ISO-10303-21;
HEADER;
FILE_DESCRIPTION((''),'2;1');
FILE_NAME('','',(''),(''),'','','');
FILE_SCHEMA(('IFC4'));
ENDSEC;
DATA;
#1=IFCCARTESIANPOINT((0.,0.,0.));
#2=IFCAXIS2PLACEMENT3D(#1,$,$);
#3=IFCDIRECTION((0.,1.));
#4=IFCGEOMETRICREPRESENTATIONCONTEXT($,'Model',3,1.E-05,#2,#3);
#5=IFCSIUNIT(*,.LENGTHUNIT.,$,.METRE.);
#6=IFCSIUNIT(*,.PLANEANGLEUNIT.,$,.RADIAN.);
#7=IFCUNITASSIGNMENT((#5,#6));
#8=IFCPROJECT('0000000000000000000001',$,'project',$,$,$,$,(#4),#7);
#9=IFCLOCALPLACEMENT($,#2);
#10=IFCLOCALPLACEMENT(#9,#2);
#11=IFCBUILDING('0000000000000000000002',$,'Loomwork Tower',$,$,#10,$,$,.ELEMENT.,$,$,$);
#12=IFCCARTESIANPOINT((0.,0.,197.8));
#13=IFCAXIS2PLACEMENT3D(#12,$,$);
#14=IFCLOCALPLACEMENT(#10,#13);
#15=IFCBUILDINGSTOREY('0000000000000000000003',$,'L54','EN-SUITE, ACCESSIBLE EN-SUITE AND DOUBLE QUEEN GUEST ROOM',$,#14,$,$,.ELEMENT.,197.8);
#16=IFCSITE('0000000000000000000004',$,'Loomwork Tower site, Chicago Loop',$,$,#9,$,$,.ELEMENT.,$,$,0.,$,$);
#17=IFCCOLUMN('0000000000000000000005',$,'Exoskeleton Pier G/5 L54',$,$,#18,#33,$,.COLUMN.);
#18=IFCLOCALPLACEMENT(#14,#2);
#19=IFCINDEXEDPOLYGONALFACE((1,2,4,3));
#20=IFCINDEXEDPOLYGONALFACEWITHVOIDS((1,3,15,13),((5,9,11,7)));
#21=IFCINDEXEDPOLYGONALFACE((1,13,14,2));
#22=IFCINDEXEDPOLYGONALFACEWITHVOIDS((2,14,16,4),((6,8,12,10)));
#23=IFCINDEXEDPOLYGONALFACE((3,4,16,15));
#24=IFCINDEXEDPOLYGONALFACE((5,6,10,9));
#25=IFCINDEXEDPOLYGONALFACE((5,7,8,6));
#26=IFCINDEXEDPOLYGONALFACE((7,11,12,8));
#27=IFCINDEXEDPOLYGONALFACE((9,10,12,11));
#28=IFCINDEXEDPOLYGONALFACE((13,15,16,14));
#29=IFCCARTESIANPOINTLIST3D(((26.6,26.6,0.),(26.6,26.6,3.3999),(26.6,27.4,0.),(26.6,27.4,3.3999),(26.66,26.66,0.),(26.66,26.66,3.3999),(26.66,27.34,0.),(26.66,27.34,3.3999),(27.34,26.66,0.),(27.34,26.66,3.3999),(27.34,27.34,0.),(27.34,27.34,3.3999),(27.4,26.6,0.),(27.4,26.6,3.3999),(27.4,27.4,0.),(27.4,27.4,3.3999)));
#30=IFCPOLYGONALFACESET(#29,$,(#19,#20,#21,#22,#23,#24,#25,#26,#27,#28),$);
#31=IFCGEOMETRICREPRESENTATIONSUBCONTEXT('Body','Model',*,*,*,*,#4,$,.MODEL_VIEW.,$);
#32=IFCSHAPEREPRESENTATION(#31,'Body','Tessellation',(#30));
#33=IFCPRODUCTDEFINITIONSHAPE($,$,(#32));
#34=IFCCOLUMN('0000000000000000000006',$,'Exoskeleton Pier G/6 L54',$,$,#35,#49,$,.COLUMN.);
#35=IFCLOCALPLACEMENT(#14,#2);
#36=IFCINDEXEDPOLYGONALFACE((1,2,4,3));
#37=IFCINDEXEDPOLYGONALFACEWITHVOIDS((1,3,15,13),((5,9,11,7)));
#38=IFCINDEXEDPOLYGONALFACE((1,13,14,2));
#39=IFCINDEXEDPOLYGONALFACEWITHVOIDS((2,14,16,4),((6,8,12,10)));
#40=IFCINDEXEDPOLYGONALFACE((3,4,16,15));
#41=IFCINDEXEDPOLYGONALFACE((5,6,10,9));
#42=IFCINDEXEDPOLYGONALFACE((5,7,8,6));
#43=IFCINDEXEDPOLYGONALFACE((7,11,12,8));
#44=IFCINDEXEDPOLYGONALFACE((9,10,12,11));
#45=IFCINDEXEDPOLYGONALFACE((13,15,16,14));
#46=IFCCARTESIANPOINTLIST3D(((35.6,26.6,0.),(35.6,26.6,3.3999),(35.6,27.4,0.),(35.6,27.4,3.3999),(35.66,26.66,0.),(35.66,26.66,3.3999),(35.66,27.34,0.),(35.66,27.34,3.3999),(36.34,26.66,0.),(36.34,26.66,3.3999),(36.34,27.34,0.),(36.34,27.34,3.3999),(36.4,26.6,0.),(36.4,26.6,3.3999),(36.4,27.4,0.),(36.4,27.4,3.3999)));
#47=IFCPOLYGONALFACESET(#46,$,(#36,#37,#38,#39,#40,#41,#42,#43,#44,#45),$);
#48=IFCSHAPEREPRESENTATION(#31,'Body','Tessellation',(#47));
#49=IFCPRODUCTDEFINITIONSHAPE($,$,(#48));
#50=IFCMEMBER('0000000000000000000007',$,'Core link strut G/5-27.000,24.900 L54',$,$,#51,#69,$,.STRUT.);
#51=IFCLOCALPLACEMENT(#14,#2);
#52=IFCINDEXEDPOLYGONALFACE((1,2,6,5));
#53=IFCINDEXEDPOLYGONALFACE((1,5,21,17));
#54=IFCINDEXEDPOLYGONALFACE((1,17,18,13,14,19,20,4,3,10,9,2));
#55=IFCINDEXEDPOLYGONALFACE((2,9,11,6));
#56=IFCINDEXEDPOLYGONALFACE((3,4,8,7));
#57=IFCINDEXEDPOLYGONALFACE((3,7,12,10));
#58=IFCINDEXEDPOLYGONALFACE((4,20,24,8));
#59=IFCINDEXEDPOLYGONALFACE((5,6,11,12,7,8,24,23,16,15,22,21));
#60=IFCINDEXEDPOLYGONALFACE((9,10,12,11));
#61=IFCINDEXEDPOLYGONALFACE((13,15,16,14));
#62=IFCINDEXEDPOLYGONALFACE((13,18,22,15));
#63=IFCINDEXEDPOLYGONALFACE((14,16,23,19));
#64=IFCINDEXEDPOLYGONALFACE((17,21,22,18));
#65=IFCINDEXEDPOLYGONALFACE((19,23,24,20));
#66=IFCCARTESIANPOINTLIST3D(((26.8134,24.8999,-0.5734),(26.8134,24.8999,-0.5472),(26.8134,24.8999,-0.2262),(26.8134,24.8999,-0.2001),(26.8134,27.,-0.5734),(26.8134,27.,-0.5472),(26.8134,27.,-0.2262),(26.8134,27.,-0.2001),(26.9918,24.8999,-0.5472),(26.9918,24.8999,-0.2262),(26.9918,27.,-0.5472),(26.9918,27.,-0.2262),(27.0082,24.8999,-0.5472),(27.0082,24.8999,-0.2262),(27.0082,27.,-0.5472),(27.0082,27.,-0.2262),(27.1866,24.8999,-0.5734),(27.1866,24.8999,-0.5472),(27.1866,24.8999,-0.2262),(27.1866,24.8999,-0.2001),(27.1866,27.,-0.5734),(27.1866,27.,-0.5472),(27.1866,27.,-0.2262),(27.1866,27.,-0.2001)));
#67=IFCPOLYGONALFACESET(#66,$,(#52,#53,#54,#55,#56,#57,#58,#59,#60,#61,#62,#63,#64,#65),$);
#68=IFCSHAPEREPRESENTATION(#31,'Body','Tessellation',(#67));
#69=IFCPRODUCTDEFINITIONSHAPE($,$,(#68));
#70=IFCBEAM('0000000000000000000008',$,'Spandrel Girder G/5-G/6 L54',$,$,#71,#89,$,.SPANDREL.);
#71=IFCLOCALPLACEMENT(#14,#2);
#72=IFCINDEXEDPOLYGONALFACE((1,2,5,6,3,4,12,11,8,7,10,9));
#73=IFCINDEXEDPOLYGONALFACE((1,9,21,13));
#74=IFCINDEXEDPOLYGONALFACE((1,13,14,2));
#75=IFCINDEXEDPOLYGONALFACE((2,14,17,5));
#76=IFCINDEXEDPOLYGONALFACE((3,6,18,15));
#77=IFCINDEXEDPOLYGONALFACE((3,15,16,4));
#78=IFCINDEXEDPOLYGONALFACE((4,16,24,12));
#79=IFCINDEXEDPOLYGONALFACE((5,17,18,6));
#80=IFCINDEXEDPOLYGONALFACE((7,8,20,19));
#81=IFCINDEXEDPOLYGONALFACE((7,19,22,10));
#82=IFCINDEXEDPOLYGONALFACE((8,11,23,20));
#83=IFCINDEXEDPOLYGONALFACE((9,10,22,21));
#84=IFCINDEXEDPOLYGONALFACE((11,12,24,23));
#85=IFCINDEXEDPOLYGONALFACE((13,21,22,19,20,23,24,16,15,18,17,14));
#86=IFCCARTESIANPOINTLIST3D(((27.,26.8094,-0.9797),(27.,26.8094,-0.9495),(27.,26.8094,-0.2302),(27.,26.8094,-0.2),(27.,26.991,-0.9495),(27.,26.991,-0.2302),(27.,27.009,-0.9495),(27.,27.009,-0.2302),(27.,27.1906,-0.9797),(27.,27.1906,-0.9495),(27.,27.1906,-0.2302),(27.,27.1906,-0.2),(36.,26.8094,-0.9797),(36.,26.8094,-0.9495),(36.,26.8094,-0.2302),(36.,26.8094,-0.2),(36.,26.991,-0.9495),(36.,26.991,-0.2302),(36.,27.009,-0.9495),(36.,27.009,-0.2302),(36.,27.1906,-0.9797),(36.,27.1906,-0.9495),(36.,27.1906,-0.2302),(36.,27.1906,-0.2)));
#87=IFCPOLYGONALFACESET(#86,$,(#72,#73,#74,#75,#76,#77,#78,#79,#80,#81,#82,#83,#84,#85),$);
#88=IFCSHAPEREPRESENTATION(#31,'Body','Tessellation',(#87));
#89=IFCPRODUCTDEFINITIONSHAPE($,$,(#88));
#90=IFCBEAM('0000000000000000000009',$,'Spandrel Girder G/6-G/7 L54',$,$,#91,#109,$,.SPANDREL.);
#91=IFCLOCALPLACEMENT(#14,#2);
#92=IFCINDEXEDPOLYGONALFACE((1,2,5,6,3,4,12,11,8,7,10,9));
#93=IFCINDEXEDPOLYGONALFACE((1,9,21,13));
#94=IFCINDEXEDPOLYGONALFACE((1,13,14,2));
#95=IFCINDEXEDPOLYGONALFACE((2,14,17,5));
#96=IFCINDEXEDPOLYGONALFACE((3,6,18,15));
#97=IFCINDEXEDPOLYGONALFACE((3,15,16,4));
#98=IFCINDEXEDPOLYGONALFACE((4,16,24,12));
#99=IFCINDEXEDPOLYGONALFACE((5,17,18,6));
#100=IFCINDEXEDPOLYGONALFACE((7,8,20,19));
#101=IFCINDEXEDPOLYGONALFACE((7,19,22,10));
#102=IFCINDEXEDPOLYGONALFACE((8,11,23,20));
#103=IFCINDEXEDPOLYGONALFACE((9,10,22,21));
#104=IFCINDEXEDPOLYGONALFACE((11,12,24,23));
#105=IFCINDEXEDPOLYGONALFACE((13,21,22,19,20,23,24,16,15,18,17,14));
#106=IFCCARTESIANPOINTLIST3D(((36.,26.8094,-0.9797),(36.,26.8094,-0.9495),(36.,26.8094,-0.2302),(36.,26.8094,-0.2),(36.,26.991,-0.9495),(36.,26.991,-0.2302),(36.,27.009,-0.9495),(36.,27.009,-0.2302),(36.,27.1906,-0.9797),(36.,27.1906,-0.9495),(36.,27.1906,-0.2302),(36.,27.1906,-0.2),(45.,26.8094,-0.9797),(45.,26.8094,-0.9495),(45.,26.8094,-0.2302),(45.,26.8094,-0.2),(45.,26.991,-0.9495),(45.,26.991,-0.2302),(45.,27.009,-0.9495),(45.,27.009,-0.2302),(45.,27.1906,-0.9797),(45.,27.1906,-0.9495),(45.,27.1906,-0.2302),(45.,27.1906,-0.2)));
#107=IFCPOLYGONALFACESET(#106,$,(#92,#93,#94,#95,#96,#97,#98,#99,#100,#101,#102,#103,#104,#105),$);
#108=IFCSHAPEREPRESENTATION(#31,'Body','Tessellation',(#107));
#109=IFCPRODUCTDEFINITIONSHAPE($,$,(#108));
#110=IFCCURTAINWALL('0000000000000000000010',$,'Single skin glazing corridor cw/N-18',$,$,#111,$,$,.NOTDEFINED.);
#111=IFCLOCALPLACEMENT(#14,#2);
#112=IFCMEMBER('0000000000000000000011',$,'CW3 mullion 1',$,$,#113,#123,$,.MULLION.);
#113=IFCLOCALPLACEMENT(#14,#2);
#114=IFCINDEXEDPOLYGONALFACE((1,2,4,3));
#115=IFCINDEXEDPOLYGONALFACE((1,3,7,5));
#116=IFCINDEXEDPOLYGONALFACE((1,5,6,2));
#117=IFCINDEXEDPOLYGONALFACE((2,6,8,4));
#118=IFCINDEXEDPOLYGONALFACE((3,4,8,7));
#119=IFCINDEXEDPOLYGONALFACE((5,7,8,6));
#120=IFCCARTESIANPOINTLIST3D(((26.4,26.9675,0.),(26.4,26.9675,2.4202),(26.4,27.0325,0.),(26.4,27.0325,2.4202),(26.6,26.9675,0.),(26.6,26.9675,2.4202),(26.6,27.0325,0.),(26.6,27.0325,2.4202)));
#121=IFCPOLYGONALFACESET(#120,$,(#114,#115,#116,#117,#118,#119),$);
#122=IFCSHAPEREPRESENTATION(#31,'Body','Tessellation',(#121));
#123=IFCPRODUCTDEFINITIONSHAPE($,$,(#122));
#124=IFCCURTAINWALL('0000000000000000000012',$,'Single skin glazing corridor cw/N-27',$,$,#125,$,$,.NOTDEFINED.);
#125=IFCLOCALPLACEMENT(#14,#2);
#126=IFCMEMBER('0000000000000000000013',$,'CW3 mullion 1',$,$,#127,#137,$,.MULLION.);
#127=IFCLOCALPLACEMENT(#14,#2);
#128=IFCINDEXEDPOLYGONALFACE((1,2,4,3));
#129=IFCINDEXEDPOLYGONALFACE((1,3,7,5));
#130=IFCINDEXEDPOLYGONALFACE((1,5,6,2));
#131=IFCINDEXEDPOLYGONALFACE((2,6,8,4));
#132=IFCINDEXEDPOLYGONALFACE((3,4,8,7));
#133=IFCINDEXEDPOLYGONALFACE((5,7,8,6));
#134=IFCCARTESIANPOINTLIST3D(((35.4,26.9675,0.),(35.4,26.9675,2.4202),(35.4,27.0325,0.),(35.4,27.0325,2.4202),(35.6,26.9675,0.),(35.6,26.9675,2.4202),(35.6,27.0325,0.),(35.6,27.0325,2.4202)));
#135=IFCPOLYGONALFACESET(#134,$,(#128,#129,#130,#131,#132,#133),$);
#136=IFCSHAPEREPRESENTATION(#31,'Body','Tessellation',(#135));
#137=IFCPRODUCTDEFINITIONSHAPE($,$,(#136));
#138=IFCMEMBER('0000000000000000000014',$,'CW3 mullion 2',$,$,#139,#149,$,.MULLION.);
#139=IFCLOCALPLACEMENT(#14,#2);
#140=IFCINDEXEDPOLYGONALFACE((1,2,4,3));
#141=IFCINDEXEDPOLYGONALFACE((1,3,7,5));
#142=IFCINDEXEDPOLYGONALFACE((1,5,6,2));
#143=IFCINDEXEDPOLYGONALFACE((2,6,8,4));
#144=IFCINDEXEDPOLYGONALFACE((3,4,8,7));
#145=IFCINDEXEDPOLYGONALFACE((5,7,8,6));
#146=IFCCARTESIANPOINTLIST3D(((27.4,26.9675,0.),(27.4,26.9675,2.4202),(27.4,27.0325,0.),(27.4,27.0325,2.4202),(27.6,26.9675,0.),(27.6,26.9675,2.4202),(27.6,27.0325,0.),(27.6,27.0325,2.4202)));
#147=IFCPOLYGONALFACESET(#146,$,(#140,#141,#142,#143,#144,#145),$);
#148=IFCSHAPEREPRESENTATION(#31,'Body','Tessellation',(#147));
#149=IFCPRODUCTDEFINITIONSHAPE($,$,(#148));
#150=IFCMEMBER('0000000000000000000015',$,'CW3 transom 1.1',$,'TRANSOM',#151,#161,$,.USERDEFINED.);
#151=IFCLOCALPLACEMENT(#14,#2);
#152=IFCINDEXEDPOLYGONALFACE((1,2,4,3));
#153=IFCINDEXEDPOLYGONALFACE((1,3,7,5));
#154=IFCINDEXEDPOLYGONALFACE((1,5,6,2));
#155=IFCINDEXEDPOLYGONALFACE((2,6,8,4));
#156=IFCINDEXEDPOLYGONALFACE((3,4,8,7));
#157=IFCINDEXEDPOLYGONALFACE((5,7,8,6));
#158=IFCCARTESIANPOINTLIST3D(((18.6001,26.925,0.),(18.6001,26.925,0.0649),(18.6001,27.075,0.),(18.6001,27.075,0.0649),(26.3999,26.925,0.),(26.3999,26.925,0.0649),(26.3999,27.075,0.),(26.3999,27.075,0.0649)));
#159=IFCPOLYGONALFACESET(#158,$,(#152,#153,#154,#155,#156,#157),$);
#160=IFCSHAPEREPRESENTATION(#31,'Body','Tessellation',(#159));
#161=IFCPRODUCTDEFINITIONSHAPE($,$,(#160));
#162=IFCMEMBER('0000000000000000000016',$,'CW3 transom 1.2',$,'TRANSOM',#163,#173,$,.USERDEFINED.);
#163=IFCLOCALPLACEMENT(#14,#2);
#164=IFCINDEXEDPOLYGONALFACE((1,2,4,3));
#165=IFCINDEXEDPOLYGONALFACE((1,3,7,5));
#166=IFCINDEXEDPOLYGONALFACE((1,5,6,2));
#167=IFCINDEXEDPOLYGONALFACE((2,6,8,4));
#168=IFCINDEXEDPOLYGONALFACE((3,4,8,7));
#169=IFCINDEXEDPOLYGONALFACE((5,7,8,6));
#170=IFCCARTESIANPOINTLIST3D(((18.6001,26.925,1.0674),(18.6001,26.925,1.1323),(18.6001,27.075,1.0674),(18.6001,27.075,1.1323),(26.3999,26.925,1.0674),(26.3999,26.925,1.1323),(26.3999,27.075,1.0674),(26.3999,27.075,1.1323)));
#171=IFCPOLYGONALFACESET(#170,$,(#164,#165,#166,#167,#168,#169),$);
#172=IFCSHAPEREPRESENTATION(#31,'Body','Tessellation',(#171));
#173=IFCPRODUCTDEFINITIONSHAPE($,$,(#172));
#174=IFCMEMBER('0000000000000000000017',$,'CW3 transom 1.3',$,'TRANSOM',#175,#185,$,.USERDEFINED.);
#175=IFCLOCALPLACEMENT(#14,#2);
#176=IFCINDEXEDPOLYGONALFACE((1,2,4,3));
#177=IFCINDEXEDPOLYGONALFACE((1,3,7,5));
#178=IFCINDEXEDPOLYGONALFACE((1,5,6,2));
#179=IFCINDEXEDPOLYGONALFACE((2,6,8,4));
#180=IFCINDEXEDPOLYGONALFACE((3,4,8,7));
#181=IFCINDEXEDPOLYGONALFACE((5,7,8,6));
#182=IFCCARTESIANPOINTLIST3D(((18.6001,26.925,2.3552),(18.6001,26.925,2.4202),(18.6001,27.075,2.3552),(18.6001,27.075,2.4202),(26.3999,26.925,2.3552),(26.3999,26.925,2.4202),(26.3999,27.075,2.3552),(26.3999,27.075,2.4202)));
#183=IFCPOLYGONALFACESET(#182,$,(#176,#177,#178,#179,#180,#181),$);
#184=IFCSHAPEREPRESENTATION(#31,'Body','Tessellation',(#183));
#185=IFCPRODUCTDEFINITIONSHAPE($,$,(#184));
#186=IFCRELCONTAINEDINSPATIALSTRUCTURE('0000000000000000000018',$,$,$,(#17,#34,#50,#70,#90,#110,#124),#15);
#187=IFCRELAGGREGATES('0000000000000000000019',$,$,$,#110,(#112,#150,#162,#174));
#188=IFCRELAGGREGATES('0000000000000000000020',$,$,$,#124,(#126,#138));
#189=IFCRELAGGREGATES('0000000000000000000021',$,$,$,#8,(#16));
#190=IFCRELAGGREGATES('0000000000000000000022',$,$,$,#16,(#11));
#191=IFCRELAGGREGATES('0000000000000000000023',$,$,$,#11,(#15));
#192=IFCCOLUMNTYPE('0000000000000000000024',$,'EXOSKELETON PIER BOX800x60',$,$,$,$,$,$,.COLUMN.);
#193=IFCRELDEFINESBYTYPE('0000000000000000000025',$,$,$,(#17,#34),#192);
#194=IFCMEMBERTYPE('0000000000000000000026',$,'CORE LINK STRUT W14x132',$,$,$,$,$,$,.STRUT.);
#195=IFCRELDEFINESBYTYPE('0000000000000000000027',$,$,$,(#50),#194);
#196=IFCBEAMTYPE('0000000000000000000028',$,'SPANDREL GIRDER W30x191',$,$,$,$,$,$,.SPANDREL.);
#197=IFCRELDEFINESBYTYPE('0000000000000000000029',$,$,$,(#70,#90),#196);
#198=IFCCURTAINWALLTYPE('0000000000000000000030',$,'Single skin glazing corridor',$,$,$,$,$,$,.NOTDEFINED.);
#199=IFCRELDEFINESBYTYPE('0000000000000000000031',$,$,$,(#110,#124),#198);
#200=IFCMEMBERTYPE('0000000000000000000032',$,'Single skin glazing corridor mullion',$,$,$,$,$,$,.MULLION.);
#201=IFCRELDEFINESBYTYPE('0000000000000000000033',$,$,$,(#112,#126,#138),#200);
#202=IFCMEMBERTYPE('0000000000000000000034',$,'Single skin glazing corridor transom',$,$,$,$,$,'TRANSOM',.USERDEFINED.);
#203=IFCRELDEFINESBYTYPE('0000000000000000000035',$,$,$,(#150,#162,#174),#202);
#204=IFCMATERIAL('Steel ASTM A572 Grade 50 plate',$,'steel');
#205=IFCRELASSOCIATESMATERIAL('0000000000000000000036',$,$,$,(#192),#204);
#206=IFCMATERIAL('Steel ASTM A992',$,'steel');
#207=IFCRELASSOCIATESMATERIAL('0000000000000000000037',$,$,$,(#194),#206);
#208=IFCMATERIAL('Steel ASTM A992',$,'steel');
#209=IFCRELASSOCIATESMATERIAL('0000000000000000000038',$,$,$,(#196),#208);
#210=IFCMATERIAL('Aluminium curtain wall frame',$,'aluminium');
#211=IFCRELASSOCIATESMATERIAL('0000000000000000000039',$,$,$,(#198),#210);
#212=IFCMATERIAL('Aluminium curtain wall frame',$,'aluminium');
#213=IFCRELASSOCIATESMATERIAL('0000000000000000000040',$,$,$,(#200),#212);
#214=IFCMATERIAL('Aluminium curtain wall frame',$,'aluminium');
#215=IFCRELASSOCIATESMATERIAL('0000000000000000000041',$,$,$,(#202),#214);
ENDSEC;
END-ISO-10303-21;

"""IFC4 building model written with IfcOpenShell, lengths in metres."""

from ifc_helpers import new_model, si_unit, direction, frame, origin, origin_2d, place, context, subcontext, project, spatial, rectangle, hollow_rectangle, i_section, extrude, material, material_profile, profile_set, type_object, element, aggregate, save


model = new_model("IFC4")

# Units and contexts
model_context = context("Model", 3, precision=1e-05, world=origin(), true_north=direction((0.0, 1.0)))
body_context = subcontext(model_context, "Body", "Model", "MODEL_VIEW")
ifc_project = project(units=[si_unit("LENGTHUNIT", "METRE"), si_unit("PLANEANGLEUNIT", "RADIAN")], contexts=[model_context])

# Site, building, storey
site_placement = place(None, origin())
site = spatial("IfcSite", under=ifc_project, at=site_placement, Name="Loomwork Tower site, Chicago Loop", CompositionType="ELEMENT", RefElevation=0.0)
building_placement = place(site_placement, origin())
building = spatial("IfcBuilding", under=site, at=building_placement, Name="Loomwork Tower", CompositionType="ELEMENT")
storey_placement = place(building_placement, frame((0.0, 0.0, 197.8)))
storey = spatial("IfcBuildingStorey", under=building, at=storey_placement, Name="L54", Description="EN-SUITE, ACCESSIBLE EN-SUITE AND DOUBLE QUEEN GUEST ROOM", CompositionType="ELEMENT", Elevation=197.8)

# Columns
ifc_material_1 = material(Name="Steel ASTM A572 Grade 50 plate", Category="steel")
ifc_material_profile_1 = material_profile(ifc_material_1, hollow_rectangle(XDim=0.8, YDim=0.8, WallThickness=0.0601, at=origin_2d()), Name="BOX800x60")
ifc_profile_set_1 = profile_set([ifc_material_profile_1], Name="Steel ASTM A572 Grade 50 plate")
column_type = type_object("IfcColumnType", Name="EXOSKELETON PIER BOX800x60", PredefinedType="COLUMN", material=ifc_profile_set_1)
for number, where, z_axis, x_axis, name in (
    (1, (27.0, 27.0, 0.0), (0.0, 0.0, 1.0), (1.0, 0.0, 0.0), "Exoskeleton Pier G/5 L54"),
    (2, (36.0, 27.0, 0.0), (0.0, 0.0, 1.0), (1.0, 0.0, 0.0), "Exoskeleton Pier G/6 L54"),
):
    element("IfcColumn", number, at=place(storey_placement, frame(where, z_axis=z_axis, x_axis=x_axis)), inside=storey, type_object=column_type, Name=name, PredefinedType="COLUMN", context=body_context, shape_type="SweptSolid", body=[
        extrude(hollow_rectangle(XDim=0.8, YDim=0.8, WallThickness=0.0601, at=origin_2d()), origin(), (0.0, 0.0, 1.0), 3.3999),
    ])

# Member
ifc_material_2 = material(Name="Steel ASTM A992", Category="steel")
ifc_material_profile_2 = material_profile(ifc_material_2, i_section(OverallWidth=0.3733, OverallDepth=0.3733, WebThickness=0.0164, FlangeThickness=0.0261, at=origin_2d()), Name="W14x132")
ifc_profile_set_2 = profile_set([ifc_material_profile_2], Name="Steel ASTM A992")
member_type_1 = type_object("IfcMemberType", Name="CORE LINK STRUT W14x132", PredefinedType="STRUT", material=ifc_profile_set_2)
member_1_placement = place(storey_placement, frame((27.0, 27.0, -0.3867), z_axis=(0.0, -1.0, 0.0), x_axis=(1.0, 0.0, 0.0)))
element("IfcMember", 3, at=member_1_placement, inside=storey, type_object=member_type_1, Name="Core link strut G/5-27.000,24.900 L54", PredefinedType="STRUT", context=body_context, shape_type="SweptSolid", body=[
    extrude(i_section(OverallWidth=0.3733, OverallDepth=0.3733, WebThickness=0.0164, FlangeThickness=0.0261, at=origin_2d()), origin(), (0.0, 0.0, 1.0), 2.1001),
])

# Beams
ifc_material_3 = material(Name="Steel ASTM A992", Category="steel")
ifc_material_profile_3 = material_profile(ifc_material_3, i_section(OverallWidth=0.3811, OverallDepth=0.7798, WebThickness=0.0181, FlangeThickness=0.0303, at=origin_2d()), Name="W30x191")
ifc_profile_set_3 = profile_set([ifc_material_profile_3], Name="Steel ASTM A992")
beam_type = type_object("IfcBeamType", Name="SPANDREL GIRDER W30x191", PredefinedType="SPANDREL", material=ifc_profile_set_3)
for number, where, z_axis, x_axis, name in (
    (4, (27.0, 27.0, -0.5898), (1.0, 0.0, 0.0), (0.0, 1.0, 0.0), "Spandrel Girder G/5-G/6 L54"),
    (5, (36.0, 27.0, -0.5898), (1.0, 0.0, 0.0), (0.0, 1.0, 0.0), "Spandrel Girder G/6-G/7 L54"),
):
    element("IfcBeam", number, at=place(storey_placement, frame(where, z_axis=z_axis, x_axis=x_axis)), inside=storey, type_object=beam_type, Name=name, PredefinedType="SPANDREL", context=body_context, shape_type="SweptSolid", body=[
        extrude(i_section(OverallWidth=0.3811, OverallDepth=0.7798, WebThickness=0.0181, FlangeThickness=0.0303, at=origin_2d()), origin(), (0.0, 0.0, 1.0), 9.0),
    ])

# Curtain wall, member
ifc_material_4 = material(Name="Aluminium curtain wall frame", Category="aluminium")
curtain_wall_type = type_object("IfcCurtainWallType", Name="Single skin glazing corridor", PredefinedType="NOTDEFINED", material=ifc_material_4)
curtain_wall_1_placement = place(storey_placement, origin())
curtain_wall_1 = element("IfcCurtainWall", 6, at=curtain_wall_1_placement, inside=storey, type_object=curtain_wall_type, Name="Single skin glazing corridor cw/N-18", PredefinedType="NOTDEFINED")
ifc_material_5 = material(Name="Aluminium curtain wall frame", Category="aluminium")
ifc_material_profile_4 = material_profile(ifc_material_5, rectangle(XDim=0.0649, YDim=0.2, at=origin_2d()), Name="AL 65x200")
ifc_profile_set_4 = profile_set([ifc_material_profile_4], Name="Aluminium curtain wall frame")
member_type_2 = type_object("IfcMemberType", Name="Single skin glazing corridor mullion", PredefinedType="MULLION", material=ifc_profile_set_4)
member_2_placement = place(storey_placement, frame((26.5, 27.0, 0.0), z_axis=(0.0, 0.0, 1.0), x_axis=(0.0, -1.0, 0.0)))
member_2 = element("IfcMember", 7, at=member_2_placement, type_object=member_type_2, Name="CW3 mullion 1", PredefinedType="MULLION", context=body_context, shape_type="SweptSolid", body=[
    extrude(rectangle(XDim=0.0649, YDim=0.2, at=origin_2d()), origin(), (0.0, 0.0, 1.0), 2.4202),
])

# Curtain wall, members
curtain_wall_2_placement = place(storey_placement, origin())
curtain_wall_2 = element("IfcCurtainWall", 8, at=curtain_wall_2_placement, inside=storey, type_object=curtain_wall_type, Name="Single skin glazing corridor cw/N-27", PredefinedType="NOTDEFINED")
member_3_placement = place(storey_placement, frame((35.5, 27.0, 0.0), z_axis=(0.0, 0.0, 1.0), x_axis=(0.0, -1.0, 0.0)))
member_3 = element("IfcMember", 9, at=member_3_placement, type_object=member_type_2, Name="CW3 mullion 1", PredefinedType="MULLION", context=body_context, shape_type="SweptSolid", body=[
    extrude(rectangle(XDim=0.0649, YDim=0.2, at=origin_2d()), origin(), (0.0, 0.0, 1.0), 2.4202),
])
member_4_placement = place(storey_placement, frame((27.5, 27.0, 0.0), z_axis=(0.0, 0.0, 1.0), x_axis=(0.0, -1.0, 0.0)))
member_4 = element("IfcMember", 10, at=member_4_placement, type_object=member_type_2, Name="CW3 mullion 2", PredefinedType="MULLION", context=body_context, shape_type="SweptSolid", body=[
    extrude(rectangle(XDim=0.0649, YDim=0.2, at=origin_2d()), origin(), (0.0, 0.0, 1.0), 2.4202),
])

# Members
ifc_material_6 = material(Name="Aluminium curtain wall frame", Category="aluminium")
ifc_material_profile_5 = material_profile(ifc_material_6, rectangle(XDim=0.1499, YDim=0.0649, at=origin_2d()), Name="AL 65x150")
ifc_profile_set_5 = profile_set([ifc_material_profile_5], Name="Aluminium curtain wall frame")
member_type_3 = type_object("IfcMemberType", Name="Single skin glazing corridor transom", ElementType="TRANSOM", PredefinedType="USERDEFINED", material=ifc_profile_set_5)
member_5_placement = place(storey_placement, frame((26.3999, 27.0, 0.0325), z_axis=(-1.0, 0.0, 0.0), x_axis=(0.0, -1.0, 0.0)))
member_5 = element("IfcMember", 11, at=member_5_placement, type_object=member_type_3, Name="CW3 transom 1.1", ObjectType="TRANSOM", PredefinedType="USERDEFINED", context=body_context, shape_type="SweptSolid", body=[
    extrude(rectangle(XDim=0.1499, YDim=0.0649, at=origin_2d()), origin(), (0.0, 0.0, 1.0), 7.7998),
])
member_6_placement = place(storey_placement, frame((26.3999, 27.0, 1.0999), z_axis=(-1.0, 0.0, 0.0), x_axis=(0.0, -1.0, 0.0)))
member_6 = element("IfcMember", 12, at=member_6_placement, type_object=member_type_3, Name="CW3 transom 1.2", ObjectType="TRANSOM", PredefinedType="USERDEFINED", context=body_context, shape_type="SweptSolid", body=[
    extrude(rectangle(XDim=0.1499, YDim=0.0649, at=origin_2d()), origin(), (0.0, 0.0, 1.0), 7.7998),
])
member_7_placement = place(storey_placement, frame((26.3999, 27.0, 2.3877), z_axis=(-1.0, 0.0, 0.0), x_axis=(0.0, -1.0, 0.0)))
member_7 = element("IfcMember", 13, at=member_7_placement, type_object=member_type_3, Name="CW3 transom 1.3", ObjectType="TRANSOM", PredefinedType="USERDEFINED", context=body_context, shape_type="SweptSolid", body=[
    extrude(rectangle(XDim=0.1499, YDim=0.0649, at=origin_2d()), origin(), (0.0, 0.0, 1.0), 7.7998),
])

aggregate(curtain_wall_1, [member_2, member_5, member_6, member_7])
aggregate(curtain_wall_2, [member_3, member_4])

save(model, "model.ifc")
